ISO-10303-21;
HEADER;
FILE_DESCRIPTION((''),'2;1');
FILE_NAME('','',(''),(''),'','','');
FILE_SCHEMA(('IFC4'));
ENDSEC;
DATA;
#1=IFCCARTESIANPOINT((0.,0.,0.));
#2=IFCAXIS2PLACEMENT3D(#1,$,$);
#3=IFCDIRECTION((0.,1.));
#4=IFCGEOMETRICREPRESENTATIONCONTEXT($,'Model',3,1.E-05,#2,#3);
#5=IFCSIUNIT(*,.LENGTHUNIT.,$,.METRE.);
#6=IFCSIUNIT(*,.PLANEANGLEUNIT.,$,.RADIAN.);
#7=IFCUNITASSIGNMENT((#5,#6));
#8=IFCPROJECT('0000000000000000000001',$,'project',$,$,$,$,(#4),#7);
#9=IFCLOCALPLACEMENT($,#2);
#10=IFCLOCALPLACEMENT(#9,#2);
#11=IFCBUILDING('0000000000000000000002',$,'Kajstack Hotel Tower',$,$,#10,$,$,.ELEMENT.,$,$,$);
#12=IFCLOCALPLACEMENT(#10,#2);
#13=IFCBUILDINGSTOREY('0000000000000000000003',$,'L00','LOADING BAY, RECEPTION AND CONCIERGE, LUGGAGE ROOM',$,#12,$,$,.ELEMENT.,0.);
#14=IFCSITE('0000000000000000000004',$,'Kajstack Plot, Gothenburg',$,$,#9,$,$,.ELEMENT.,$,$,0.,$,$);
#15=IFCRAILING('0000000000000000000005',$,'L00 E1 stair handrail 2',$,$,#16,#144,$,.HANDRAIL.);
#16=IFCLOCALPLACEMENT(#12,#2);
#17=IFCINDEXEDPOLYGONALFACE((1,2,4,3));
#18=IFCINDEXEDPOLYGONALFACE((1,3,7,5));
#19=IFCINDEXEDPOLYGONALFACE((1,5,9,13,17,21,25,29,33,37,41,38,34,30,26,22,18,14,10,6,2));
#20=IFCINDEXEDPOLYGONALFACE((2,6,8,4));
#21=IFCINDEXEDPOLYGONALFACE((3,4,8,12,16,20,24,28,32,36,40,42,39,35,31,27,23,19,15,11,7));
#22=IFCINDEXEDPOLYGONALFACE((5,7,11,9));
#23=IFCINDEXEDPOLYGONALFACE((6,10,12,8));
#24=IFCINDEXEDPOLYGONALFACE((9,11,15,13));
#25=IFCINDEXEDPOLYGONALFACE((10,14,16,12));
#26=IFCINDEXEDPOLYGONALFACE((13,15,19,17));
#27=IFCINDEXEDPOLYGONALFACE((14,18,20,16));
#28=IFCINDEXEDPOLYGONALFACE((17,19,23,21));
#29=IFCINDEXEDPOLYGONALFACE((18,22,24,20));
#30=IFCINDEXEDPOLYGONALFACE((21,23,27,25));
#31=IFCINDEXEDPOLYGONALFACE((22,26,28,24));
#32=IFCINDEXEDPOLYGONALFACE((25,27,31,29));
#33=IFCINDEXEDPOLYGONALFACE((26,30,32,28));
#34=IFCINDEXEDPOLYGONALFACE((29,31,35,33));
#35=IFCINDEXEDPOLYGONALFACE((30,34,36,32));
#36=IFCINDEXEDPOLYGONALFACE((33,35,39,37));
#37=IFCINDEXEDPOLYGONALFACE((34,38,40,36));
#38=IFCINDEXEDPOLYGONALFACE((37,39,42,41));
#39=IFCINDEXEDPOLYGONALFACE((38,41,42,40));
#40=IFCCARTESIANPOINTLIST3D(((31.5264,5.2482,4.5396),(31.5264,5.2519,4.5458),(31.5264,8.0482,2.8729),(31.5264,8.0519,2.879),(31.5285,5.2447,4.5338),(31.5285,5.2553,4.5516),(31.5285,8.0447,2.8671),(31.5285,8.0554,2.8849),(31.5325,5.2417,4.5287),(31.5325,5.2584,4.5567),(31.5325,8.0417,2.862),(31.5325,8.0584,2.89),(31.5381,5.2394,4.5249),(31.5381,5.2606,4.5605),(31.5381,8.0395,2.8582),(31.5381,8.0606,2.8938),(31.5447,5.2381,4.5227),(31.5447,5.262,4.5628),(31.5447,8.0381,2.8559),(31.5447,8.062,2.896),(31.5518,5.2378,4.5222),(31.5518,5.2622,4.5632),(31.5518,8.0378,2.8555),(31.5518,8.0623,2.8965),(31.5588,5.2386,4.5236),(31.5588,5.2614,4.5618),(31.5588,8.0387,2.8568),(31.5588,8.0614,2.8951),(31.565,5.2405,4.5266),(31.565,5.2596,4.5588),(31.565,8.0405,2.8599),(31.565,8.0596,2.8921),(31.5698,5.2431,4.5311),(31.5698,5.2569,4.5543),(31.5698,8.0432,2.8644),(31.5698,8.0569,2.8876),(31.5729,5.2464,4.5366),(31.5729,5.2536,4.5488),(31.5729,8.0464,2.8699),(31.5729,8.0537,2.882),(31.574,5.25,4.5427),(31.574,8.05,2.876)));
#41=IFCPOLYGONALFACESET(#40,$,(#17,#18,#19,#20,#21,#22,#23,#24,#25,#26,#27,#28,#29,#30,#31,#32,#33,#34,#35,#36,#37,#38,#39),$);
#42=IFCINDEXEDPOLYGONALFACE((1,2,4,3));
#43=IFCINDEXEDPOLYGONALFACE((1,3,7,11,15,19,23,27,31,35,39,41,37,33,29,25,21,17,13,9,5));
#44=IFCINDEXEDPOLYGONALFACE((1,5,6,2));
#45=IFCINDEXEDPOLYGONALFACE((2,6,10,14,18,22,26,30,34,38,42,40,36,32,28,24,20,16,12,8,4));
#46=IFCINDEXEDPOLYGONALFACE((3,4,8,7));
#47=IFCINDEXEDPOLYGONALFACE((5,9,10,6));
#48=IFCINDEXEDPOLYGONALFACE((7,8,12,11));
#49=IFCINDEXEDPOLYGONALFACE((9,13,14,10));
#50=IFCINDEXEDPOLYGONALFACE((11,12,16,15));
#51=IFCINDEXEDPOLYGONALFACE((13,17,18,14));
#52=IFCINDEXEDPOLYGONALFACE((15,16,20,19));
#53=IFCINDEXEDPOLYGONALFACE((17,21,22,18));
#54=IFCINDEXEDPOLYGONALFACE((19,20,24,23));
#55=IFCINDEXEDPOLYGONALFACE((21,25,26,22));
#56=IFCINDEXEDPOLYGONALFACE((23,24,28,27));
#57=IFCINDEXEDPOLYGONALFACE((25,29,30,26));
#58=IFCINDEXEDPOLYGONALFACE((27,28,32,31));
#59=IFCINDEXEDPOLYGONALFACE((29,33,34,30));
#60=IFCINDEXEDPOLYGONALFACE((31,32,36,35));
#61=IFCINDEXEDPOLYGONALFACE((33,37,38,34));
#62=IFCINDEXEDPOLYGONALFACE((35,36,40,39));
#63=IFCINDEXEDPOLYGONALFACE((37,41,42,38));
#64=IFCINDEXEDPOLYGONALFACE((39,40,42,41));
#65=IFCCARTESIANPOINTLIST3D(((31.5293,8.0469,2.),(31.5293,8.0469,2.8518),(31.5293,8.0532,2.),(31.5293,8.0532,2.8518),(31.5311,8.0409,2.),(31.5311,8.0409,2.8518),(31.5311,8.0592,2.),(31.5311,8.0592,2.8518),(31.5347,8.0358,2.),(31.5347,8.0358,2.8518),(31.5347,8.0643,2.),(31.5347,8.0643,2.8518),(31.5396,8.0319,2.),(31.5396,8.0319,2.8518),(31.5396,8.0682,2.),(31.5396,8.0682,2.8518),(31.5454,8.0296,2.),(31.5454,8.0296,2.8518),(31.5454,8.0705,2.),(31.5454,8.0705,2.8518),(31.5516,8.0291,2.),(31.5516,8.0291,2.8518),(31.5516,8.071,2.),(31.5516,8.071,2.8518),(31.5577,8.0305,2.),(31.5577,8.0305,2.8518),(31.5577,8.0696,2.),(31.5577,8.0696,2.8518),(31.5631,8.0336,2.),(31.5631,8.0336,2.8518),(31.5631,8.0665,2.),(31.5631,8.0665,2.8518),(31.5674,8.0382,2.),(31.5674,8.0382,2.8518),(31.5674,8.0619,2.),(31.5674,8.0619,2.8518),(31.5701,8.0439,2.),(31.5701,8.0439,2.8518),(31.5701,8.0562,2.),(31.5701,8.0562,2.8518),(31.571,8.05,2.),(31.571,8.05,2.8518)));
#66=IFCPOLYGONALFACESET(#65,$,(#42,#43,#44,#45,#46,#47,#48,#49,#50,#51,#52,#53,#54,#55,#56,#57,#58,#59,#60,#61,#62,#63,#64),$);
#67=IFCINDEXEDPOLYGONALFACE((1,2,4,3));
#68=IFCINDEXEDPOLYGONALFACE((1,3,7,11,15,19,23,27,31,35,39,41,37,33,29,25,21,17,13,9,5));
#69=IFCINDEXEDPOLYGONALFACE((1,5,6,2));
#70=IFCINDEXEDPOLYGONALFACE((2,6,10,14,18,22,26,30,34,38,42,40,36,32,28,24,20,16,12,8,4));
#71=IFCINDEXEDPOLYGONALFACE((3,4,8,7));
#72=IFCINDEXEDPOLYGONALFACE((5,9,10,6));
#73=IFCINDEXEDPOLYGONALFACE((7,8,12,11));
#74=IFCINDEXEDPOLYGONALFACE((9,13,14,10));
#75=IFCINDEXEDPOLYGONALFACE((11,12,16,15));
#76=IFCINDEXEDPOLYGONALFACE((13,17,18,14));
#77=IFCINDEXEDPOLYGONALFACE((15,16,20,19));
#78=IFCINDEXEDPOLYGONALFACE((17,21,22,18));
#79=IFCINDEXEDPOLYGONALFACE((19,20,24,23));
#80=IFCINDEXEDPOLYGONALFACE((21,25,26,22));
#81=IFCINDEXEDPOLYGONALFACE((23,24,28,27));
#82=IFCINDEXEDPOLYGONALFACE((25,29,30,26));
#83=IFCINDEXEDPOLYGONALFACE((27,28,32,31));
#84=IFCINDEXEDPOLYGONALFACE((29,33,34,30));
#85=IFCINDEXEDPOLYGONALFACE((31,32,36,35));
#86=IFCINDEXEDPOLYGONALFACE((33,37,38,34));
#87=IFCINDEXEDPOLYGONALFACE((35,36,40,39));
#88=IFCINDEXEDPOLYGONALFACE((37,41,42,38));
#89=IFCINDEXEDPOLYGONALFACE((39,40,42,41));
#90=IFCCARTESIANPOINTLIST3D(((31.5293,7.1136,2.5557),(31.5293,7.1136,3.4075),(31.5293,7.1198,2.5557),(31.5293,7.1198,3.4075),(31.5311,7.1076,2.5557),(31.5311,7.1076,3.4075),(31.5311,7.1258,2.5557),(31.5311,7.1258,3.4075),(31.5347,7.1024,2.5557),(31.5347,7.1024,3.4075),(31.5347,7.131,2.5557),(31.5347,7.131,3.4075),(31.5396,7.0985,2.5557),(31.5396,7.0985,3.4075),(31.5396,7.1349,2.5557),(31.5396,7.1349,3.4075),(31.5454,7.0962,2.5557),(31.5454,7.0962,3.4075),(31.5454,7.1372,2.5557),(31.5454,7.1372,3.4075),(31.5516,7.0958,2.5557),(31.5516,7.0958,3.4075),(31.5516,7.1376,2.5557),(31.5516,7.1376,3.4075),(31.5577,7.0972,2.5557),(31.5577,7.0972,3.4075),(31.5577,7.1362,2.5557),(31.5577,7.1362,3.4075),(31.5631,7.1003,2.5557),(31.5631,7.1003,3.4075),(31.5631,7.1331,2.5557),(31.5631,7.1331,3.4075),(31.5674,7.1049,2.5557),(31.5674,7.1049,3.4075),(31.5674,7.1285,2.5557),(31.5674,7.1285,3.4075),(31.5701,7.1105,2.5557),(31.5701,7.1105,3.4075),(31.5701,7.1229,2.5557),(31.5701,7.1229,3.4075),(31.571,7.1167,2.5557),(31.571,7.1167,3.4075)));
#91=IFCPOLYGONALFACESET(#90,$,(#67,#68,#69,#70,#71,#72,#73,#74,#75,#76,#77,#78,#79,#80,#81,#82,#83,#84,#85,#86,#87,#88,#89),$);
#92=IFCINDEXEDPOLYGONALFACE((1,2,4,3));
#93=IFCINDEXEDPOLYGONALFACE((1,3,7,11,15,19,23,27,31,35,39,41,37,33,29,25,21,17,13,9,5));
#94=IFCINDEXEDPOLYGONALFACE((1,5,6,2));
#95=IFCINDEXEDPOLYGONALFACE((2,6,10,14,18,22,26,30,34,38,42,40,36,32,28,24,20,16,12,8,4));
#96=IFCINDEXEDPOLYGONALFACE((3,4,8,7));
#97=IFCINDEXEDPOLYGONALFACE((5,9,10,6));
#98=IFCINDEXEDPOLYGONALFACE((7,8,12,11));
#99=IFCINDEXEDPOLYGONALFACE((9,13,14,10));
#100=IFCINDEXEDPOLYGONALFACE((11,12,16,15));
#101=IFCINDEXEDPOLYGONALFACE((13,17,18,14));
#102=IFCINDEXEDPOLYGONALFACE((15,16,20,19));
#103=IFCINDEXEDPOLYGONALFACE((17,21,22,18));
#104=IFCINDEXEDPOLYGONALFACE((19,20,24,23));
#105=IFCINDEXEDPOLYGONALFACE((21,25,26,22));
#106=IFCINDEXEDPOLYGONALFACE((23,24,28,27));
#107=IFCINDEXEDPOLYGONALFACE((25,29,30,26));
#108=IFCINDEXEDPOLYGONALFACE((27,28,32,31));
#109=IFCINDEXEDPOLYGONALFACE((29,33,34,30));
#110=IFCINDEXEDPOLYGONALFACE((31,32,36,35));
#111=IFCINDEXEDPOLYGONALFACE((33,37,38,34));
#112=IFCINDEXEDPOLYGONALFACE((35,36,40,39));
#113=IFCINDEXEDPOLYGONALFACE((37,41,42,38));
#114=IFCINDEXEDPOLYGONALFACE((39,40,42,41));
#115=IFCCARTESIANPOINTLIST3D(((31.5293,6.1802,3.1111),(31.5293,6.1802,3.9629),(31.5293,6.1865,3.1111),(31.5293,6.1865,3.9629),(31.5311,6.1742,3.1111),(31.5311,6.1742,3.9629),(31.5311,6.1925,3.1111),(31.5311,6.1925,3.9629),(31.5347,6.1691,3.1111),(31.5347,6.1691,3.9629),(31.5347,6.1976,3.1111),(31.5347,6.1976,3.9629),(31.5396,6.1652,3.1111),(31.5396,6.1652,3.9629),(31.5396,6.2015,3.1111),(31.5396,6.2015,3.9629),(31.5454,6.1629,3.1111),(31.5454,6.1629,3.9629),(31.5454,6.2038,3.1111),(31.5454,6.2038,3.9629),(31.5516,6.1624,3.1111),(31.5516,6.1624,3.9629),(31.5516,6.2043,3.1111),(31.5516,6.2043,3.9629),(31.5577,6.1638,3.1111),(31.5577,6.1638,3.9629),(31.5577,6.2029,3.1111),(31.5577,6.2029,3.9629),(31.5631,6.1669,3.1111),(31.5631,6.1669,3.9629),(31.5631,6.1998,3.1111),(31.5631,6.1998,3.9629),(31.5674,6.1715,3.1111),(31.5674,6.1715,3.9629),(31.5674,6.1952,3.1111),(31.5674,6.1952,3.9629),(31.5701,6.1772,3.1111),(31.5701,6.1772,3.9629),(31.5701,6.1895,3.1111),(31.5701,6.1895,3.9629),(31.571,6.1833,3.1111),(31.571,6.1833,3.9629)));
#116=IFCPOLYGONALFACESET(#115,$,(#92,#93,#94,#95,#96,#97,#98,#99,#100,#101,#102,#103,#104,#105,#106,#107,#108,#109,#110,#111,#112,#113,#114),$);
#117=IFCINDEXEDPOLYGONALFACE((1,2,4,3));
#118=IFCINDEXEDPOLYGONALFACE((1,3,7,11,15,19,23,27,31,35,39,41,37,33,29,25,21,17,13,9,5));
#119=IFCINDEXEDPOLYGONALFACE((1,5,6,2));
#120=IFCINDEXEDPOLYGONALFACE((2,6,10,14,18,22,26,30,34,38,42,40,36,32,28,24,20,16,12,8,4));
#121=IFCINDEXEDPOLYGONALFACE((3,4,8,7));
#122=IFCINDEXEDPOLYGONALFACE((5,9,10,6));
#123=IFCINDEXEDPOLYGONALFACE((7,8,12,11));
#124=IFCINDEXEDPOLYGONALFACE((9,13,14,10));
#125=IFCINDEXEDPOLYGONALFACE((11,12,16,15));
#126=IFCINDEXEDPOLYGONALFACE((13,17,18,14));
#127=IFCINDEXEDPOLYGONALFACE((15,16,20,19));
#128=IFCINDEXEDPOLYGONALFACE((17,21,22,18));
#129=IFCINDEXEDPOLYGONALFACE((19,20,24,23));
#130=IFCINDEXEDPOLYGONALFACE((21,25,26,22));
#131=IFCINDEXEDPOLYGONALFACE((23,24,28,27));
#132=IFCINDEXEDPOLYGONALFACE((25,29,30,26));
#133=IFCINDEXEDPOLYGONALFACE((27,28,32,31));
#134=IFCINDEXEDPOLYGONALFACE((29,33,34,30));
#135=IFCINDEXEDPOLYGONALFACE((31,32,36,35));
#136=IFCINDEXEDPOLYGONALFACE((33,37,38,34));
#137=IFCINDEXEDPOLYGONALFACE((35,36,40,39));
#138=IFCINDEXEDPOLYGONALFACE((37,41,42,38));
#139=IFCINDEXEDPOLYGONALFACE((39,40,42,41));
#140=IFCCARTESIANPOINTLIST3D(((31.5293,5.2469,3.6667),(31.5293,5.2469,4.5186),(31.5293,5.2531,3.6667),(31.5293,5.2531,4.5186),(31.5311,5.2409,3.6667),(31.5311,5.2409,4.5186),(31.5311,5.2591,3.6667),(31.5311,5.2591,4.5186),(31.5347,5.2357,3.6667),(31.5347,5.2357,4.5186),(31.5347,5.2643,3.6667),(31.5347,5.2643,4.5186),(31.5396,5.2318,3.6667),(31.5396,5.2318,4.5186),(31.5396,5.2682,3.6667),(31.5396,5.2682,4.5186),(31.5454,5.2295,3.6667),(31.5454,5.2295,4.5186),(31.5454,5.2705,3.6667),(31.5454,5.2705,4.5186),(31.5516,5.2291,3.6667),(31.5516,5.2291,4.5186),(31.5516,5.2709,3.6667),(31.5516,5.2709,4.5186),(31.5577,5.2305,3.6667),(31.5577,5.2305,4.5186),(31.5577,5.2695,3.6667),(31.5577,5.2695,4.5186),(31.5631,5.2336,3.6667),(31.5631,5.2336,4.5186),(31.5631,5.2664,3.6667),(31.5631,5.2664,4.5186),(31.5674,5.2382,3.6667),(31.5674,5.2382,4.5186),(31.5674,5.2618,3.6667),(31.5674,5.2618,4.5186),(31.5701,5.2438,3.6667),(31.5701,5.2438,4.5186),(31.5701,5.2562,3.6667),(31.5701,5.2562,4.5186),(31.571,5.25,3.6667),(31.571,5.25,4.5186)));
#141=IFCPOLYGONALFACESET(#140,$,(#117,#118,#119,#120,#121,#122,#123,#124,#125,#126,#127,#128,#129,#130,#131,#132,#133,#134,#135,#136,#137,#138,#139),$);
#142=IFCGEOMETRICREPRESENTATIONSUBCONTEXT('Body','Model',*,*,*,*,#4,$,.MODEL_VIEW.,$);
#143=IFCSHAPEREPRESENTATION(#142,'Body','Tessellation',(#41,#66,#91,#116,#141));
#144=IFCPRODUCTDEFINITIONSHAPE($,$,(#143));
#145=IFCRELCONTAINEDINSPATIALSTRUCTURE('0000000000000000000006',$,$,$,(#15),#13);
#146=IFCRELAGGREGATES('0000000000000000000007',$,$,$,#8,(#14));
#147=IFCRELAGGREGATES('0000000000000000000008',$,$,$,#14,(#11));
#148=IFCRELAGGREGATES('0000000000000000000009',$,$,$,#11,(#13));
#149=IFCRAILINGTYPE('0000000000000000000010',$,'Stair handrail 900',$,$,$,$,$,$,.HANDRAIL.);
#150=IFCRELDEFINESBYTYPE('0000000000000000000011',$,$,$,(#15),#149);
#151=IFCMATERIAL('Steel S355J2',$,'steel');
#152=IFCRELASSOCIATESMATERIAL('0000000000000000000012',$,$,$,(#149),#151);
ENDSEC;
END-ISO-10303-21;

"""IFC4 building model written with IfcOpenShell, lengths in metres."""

from ifc_helpers import new_model, si_unit, direction, frame, origin, origin_2d, place, context, subcontext, project, spatial, circle, extrude, material, type_object, element, save


model = new_model("IFC4")

# Units and contexts
model_context = context("Model", 3, precision=1e-05, world=origin(), true_north=direction((0.0, 1.0)))
body_context = subcontext(model_context, "Body", "Model", "MODEL_VIEW")
ifc_project = project(units=[si_unit("LENGTHUNIT", "METRE"), si_unit("PLANEANGLEUNIT", "RADIAN")], contexts=[model_context])

# Site, building, storey
site_placement = place(None, origin())
site = spatial("IfcSite", under=ifc_project, at=site_placement, Name="Kajstack Plot, Gothenburg", CompositionType="ELEMENT", RefElevation=0.0)
building_placement = place(site_placement, origin())
building = spatial("IfcBuilding", under=site, at=building_placement, Name="Kajstack Hotel Tower", CompositionType="ELEMENT")
storey_placement = place(building_placement, origin())
storey = spatial("IfcBuildingStorey", under=building, at=storey_placement, Name="L00", Description="LOADING BAY, RECEPTION AND CONCIERGE, LUGGAGE ROOM", CompositionType="ELEMENT", Elevation=0.0)

# Railing
ifc_material_1 = material(Name="Steel S355J2", Category="steel")
railing_type_1 = type_object("IfcRailingType", Name="Stair handrail 900", PredefinedType="HANDRAIL", material=ifc_material_1)
railing_1_placement = place(storey_placement, frame((31.55, 8.05, 2.0)))
element("IfcRailing", 1, at=railing_1_placement, inside=storey, type_object=railing_type_1, Name="L00 E1 stair handrail 2", PredefinedType="HANDRAIL", context=body_context, shape_type="SweptSolid", body=[
    extrude(circle(Radius=0.0239, at=origin_2d()), frame((0.0, 0.0, 0.876), z_axis=(0.0, -0.859286, 0.511496), x_axis=(1.0, 0.0, 0.0)), (0.0, 0.0, 1.0), 3.2585),
    extrude(circle(Radius=0.021, at=origin_2d()), origin(), (0.0, 0.0, 1.0), 0.8518),
    extrude(circle(Radius=0.021, at=origin_2d()), frame((0.0, -0.9333, 0.5557)), (0.0, 0.0, 1.0), 0.8518),
    extrude(circle(Radius=0.021, at=origin_2d()), frame((0.0, -1.8667, 1.1111)), (0.0, 0.0, 1.0), 0.8518),
    extrude(circle(Radius=0.021, at=origin_2d()), frame((0.0, -2.8, 1.6667)), (0.0, 0.0, 1.0), 0.8518),
])

save(model, "model.ifc")
